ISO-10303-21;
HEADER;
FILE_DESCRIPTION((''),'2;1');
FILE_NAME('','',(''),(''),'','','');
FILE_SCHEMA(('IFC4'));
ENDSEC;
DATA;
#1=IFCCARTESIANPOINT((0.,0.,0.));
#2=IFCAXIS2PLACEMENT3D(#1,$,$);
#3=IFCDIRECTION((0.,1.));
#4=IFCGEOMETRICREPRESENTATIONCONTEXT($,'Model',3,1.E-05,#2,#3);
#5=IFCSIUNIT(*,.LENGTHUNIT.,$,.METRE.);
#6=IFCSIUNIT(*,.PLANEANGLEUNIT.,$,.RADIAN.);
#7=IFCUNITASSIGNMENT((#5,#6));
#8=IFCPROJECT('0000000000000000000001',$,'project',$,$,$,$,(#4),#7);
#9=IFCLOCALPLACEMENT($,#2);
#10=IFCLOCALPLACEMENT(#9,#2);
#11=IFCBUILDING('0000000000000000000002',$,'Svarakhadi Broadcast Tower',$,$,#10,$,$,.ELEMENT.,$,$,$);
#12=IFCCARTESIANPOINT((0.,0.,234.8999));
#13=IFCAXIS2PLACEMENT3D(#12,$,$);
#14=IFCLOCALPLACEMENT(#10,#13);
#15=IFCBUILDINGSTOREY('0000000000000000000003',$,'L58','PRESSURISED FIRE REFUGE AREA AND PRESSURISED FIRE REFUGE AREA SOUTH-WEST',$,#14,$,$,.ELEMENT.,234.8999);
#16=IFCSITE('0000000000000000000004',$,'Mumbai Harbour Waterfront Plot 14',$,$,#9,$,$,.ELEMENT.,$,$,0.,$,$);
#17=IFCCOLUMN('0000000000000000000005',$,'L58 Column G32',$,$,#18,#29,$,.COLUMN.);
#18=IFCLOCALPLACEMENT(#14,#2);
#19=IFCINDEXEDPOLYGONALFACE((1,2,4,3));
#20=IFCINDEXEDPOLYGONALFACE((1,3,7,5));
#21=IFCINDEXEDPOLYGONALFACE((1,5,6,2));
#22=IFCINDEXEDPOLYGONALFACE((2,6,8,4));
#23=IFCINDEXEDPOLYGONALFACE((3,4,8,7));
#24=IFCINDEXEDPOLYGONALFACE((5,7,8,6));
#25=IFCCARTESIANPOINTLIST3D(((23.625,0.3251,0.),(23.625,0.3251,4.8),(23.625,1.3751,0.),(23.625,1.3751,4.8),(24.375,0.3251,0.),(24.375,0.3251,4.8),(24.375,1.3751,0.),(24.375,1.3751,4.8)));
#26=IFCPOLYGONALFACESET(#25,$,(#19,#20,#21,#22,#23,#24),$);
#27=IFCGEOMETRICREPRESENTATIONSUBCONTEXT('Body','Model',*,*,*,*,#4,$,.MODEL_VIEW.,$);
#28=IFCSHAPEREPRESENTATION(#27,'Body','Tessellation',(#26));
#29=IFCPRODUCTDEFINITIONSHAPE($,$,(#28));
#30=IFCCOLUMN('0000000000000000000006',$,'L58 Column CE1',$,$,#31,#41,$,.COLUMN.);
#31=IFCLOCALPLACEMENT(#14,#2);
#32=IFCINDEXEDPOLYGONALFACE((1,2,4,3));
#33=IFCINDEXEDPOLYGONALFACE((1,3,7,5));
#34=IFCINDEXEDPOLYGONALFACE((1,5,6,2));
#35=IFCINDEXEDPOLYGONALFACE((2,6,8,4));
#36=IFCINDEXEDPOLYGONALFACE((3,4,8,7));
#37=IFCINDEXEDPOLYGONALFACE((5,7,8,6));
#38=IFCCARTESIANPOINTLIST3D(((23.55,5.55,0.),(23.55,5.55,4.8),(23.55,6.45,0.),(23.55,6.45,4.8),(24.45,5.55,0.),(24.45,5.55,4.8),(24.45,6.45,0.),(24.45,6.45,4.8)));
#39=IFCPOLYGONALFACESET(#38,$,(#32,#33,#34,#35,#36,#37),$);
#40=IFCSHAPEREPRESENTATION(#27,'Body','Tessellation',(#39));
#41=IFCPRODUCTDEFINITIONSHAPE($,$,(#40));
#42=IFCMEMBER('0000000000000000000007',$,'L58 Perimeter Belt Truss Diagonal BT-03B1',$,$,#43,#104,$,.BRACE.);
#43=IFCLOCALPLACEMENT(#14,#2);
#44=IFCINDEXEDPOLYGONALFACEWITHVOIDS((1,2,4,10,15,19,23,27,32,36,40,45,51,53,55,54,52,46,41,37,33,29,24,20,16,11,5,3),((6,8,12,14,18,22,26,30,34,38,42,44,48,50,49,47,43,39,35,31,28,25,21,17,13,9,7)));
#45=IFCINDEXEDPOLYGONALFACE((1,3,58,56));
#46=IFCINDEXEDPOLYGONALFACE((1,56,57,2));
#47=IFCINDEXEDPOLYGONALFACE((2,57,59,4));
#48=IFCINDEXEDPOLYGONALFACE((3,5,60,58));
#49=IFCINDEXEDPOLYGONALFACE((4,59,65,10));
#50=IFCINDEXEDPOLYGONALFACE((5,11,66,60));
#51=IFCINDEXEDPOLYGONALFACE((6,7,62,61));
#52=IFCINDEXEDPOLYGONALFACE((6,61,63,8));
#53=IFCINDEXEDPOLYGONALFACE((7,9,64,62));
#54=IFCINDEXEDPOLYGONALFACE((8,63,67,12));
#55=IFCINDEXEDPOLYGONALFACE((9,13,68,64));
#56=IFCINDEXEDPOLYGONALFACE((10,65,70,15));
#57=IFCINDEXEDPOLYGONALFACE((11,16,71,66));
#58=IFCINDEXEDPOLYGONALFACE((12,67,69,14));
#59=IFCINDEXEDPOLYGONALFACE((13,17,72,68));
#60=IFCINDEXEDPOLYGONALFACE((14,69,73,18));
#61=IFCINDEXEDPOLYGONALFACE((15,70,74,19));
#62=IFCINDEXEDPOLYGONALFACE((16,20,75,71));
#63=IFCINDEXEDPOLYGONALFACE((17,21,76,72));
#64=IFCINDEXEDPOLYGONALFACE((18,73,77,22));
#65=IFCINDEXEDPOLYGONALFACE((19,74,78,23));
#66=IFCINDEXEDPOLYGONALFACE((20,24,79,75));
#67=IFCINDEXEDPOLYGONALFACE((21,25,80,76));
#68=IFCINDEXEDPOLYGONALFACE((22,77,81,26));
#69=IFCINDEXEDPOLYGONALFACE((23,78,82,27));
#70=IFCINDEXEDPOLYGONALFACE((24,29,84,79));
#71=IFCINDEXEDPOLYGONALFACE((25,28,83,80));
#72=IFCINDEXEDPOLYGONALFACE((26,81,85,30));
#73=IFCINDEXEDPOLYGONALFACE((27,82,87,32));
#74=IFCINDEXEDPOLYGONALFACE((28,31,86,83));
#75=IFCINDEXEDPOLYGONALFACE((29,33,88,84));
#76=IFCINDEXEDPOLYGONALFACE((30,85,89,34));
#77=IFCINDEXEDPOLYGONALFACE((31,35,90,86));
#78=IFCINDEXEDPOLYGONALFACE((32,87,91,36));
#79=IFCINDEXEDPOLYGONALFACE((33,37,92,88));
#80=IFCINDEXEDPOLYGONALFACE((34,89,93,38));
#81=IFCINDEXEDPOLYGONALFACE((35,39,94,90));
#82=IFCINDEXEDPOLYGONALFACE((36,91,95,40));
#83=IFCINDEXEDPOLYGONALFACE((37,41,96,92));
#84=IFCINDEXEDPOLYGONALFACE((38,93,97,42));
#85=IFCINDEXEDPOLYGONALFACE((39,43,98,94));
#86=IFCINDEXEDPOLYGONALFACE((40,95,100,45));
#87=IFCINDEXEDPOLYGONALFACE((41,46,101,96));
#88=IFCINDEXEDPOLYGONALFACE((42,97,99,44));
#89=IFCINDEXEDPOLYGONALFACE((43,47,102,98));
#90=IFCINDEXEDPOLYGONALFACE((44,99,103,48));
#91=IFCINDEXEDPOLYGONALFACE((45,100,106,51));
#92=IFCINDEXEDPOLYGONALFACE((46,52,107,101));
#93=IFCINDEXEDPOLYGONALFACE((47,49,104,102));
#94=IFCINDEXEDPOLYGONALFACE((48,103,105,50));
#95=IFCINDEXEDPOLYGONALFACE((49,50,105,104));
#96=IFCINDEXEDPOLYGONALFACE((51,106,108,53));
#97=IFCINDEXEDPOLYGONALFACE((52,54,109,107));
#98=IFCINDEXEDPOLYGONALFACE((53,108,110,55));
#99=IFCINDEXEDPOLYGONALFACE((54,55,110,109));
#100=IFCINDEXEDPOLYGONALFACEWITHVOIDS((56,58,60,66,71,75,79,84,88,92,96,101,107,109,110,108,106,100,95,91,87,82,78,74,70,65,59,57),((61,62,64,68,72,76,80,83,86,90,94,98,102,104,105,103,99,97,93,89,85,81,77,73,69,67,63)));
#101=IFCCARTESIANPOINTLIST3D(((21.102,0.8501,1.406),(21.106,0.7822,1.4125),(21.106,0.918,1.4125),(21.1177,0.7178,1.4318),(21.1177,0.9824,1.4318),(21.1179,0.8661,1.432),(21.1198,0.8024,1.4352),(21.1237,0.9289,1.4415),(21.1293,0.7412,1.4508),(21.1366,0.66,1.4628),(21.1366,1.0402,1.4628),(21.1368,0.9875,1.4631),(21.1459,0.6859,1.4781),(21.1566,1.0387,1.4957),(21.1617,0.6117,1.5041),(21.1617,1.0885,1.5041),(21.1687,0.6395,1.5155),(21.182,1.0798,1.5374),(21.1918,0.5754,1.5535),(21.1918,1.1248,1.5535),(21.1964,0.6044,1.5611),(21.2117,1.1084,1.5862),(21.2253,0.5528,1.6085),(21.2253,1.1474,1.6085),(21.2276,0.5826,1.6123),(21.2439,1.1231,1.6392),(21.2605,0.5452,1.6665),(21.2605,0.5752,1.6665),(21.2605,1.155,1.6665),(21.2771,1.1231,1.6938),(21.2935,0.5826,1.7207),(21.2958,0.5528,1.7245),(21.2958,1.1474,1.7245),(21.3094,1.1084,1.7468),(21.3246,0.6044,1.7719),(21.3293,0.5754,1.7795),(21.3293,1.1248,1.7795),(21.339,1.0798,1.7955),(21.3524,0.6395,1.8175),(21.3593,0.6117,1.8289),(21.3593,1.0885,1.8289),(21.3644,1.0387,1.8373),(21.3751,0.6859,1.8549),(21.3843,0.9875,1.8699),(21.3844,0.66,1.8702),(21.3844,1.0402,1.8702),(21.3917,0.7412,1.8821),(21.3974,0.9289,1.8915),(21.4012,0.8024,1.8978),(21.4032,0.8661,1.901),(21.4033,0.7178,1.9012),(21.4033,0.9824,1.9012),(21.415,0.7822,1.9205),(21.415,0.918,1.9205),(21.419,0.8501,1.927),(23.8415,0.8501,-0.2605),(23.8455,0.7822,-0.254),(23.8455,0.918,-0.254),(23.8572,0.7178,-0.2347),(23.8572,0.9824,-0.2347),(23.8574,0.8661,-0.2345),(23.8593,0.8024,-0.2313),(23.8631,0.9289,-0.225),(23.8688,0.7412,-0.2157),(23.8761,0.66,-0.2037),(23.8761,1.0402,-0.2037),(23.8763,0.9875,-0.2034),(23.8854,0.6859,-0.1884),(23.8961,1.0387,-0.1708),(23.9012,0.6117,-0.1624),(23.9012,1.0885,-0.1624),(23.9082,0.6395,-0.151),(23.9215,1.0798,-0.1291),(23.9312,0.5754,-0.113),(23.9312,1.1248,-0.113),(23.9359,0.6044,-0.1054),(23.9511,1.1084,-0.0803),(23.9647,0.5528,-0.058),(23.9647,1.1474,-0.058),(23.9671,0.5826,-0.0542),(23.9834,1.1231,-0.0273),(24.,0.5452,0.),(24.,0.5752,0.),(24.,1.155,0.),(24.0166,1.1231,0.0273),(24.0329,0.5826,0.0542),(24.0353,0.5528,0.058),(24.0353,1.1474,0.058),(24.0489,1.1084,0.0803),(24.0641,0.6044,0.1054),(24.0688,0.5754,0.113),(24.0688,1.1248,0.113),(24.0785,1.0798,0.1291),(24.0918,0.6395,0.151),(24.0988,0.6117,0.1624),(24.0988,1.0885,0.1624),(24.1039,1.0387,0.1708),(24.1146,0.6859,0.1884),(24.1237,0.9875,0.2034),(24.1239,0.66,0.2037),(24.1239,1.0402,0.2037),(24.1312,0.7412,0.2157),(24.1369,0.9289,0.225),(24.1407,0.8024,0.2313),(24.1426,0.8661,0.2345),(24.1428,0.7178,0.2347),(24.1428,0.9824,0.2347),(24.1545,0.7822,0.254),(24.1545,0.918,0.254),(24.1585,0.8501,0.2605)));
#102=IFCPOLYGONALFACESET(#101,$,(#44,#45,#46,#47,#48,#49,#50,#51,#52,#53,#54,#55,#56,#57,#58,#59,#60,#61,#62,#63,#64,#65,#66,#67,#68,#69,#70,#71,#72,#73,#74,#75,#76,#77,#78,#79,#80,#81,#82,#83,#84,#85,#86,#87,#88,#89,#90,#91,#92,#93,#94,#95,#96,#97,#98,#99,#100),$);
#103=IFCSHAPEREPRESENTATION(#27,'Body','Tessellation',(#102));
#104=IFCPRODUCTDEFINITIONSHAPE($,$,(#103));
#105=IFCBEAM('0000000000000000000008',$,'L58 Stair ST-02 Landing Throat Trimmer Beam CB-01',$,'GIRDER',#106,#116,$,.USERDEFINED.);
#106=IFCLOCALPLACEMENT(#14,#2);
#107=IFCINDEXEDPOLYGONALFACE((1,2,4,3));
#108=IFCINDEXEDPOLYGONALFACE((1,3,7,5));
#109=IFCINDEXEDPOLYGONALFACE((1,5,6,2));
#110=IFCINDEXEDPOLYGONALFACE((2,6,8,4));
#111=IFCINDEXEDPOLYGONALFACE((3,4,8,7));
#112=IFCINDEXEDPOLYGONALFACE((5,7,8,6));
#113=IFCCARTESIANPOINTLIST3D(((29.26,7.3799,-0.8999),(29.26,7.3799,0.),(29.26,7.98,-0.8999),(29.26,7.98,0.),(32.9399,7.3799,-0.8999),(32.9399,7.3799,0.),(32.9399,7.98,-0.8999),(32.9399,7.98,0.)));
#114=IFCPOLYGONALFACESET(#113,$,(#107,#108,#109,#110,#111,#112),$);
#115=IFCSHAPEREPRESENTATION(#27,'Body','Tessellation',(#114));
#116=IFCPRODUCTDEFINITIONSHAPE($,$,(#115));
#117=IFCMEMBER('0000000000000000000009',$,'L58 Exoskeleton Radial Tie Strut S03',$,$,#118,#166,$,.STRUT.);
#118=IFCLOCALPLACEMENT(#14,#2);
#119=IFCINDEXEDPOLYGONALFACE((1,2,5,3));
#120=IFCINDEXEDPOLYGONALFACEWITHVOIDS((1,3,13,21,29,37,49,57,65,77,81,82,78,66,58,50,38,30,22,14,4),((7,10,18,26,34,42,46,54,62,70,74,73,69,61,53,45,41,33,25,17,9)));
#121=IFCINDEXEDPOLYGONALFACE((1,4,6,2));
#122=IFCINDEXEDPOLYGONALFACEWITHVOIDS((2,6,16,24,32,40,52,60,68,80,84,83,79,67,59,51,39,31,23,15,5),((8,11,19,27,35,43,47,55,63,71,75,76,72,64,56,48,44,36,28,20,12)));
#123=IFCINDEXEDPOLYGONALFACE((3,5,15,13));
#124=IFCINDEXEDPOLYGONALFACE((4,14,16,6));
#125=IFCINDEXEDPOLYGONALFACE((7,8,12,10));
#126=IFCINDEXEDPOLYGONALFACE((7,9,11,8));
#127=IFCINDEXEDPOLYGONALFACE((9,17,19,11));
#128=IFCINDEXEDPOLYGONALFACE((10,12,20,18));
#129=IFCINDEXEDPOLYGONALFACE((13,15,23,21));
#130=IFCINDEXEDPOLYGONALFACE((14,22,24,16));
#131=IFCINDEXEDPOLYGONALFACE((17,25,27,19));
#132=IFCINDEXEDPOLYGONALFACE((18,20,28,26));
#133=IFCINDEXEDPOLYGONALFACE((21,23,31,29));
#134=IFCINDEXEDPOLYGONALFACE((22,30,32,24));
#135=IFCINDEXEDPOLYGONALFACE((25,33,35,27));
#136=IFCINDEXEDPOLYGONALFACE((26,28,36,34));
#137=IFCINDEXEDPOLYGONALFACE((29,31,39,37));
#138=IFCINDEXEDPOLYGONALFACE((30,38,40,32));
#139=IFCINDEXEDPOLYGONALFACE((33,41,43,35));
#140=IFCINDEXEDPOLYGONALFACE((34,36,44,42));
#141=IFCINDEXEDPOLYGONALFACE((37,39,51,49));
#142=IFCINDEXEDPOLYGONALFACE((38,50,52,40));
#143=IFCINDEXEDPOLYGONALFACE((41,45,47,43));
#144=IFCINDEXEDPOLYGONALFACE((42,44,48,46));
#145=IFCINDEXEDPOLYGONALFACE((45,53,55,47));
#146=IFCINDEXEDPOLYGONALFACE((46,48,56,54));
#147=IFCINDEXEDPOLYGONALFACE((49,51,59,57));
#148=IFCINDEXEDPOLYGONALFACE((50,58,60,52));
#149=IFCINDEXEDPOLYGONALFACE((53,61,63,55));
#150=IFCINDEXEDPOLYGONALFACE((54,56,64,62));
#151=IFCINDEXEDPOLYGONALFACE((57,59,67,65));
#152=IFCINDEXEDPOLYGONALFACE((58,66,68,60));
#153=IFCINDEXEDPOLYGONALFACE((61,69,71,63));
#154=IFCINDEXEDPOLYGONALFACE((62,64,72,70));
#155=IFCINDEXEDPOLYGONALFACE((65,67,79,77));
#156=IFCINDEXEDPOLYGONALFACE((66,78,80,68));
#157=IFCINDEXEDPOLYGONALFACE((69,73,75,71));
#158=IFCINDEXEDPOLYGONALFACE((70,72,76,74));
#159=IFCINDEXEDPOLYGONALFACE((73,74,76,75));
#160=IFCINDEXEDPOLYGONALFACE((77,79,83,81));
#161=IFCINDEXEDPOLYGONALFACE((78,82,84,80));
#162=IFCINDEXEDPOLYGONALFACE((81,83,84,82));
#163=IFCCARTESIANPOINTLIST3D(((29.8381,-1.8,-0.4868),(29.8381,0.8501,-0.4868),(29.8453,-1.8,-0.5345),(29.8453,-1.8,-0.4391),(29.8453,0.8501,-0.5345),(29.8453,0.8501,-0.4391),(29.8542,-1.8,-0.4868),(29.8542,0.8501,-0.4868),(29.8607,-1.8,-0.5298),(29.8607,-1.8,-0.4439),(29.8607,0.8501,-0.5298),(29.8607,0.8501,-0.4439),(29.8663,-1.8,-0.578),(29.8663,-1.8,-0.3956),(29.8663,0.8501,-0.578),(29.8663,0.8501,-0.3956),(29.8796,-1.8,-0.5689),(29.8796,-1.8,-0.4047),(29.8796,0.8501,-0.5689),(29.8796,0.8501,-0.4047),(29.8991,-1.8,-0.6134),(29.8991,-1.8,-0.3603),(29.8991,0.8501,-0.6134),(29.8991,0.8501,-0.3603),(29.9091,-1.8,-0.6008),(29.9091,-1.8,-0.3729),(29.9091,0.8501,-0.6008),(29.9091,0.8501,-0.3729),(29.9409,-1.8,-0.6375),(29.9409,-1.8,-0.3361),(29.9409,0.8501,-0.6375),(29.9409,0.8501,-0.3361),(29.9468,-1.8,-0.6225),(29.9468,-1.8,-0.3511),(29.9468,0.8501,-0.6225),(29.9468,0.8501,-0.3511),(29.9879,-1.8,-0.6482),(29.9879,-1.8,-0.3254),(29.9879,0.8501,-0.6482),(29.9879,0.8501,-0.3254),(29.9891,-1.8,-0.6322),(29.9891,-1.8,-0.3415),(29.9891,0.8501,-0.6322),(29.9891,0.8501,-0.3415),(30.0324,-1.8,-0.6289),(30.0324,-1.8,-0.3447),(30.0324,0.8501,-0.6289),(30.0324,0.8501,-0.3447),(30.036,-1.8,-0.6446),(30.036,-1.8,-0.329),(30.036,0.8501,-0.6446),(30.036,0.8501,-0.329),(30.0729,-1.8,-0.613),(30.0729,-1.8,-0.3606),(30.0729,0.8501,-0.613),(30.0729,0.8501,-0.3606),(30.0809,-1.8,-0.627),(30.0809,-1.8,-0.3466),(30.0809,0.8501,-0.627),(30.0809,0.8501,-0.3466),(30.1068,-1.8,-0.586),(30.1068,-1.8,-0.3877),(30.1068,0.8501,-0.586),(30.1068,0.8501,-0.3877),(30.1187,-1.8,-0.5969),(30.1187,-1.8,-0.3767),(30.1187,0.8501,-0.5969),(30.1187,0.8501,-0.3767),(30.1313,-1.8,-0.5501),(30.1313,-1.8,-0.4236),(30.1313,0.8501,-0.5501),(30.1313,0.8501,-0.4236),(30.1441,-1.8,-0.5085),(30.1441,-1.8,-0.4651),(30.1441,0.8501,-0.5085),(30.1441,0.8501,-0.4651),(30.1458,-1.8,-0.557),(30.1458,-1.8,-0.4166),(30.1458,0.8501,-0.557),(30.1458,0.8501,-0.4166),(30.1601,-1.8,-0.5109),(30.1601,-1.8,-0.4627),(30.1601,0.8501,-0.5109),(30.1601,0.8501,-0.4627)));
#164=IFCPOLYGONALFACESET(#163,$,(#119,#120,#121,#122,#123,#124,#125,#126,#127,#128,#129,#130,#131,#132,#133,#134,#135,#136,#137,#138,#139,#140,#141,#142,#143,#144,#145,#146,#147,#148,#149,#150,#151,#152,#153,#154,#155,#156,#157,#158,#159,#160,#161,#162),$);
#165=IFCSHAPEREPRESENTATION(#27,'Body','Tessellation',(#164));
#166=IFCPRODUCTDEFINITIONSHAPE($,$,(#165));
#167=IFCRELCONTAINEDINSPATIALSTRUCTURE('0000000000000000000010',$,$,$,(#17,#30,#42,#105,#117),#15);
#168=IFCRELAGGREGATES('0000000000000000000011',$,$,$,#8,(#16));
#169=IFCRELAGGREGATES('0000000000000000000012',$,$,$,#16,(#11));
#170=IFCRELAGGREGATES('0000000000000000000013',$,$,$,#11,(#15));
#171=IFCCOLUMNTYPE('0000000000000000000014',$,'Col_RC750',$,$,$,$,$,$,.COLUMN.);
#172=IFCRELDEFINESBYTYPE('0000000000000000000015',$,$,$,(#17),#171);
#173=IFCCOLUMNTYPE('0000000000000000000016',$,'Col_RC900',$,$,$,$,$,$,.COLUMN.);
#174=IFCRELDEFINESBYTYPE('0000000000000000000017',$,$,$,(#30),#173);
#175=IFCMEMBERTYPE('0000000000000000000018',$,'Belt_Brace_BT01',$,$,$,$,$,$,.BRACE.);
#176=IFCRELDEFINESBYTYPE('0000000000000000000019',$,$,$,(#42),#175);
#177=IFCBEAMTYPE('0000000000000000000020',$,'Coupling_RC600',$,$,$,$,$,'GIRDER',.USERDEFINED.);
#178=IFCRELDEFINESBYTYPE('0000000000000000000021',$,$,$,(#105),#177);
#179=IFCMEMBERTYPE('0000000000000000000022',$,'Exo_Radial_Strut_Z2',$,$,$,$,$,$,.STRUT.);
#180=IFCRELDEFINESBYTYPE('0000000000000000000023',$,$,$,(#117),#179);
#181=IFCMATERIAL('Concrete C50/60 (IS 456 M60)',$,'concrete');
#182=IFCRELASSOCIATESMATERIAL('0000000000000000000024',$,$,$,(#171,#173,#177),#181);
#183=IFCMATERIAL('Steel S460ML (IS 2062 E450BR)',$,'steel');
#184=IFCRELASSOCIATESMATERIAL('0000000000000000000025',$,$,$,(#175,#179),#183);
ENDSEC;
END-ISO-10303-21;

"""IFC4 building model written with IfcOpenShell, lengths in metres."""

from ifc_helpers import new_model, si_unit, direction, frame, origin, origin_2d, place, context, subcontext, project, spatial, rectangle, hollow_circle, extrude, material, material_profile, profile_set, type_object, element, save


model = new_model("IFC4")

# Units and contexts
model_context = context("Model", 3, precision=1e-05, world=origin(), true_north=direction((0.0, 1.0)))
body_context = subcontext(model_context, "Body", "Model", "MODEL_VIEW")
ifc_project = project(units=[si_unit("LENGTHUNIT", "METRE"), si_unit("PLANEANGLEUNIT", "RADIAN")], contexts=[model_context])

# Site, building, storey
site_placement = place(None, origin())
site = spatial("IfcSite", under=ifc_project, at=site_placement, Name="Mumbai Harbour Waterfront Plot 14", CompositionType="ELEMENT", RefElevation=0.0)
building_placement = place(site_placement, origin())
building = spatial("IfcBuilding", under=site, at=building_placement, Name="Svarakhadi Broadcast Tower", CompositionType="ELEMENT")
storey_placement = place(building_placement, frame((0.0, 0.0, 234.8999)))
storey = spatial("IfcBuildingStorey", under=building, at=storey_placement, Name="L58", Description="PRESSURISED FIRE REFUGE AREA AND PRESSURISED FIRE REFUGE AREA SOUTH-WEST", CompositionType="ELEMENT", Elevation=234.8999)

# Columns
ifc_material_1 = material(Name="Concrete C50/60 (IS 456 M60)", Category="concrete")
ifc_material_profile_1 = material_profile(ifc_material_1, rectangle(XDim=0.75, YDim=1.05, at=origin_2d()), Name="RC 750x1050")
ifc_profile_set_1 = profile_set([ifc_material_profile_1], Name="Concrete C50/60 (IS 456 M60)")
column_type_1 = type_object("IfcColumnType", Name="Col_RC750", PredefinedType="COLUMN", material=ifc_profile_set_1)
column_1_placement = place(storey_placement, frame((24.0, 0.8501, 0.0), z_axis=(0.0, 0.0, 1.0), x_axis=(1.0, 0.0, 0.0)))
element("IfcColumn", 1, at=column_1_placement, inside=storey, type_object=column_type_1, Name="L58 Column G32", PredefinedType="COLUMN", context=body_context, shape_type="SweptSolid", body=[
    extrude(rectangle(XDim=0.75, YDim=1.05, at=origin_2d()), origin(), (0.0, 0.0, 1.0), 4.8),
])
ifc_material_profile_2 = material_profile(ifc_material_1, rectangle(XDim=0.8999, YDim=0.8999, at=origin_2d()), Name="RC 900x900")
ifc_profile_set_2 = profile_set([ifc_material_profile_2], Name="Concrete C50/60 (IS 456 M60)")
column_type_2 = type_object("IfcColumnType", Name="Col_RC900", PredefinedType="COLUMN", material=ifc_profile_set_2)
column_2_placement = place(storey_placement, frame((24.0, 6.0, 0.0), z_axis=(0.0, 0.0, 1.0), x_axis=(1.0, 0.0, 0.0)))
element("IfcColumn", 2, at=column_2_placement, inside=storey, type_object=column_type_2, Name="L58 Column CE1", PredefinedType="COLUMN", context=body_context, shape_type="SweptSolid", body=[
    extrude(rectangle(XDim=0.8999, YDim=0.8999, at=origin_2d()), origin(), (0.0, 0.0, 1.0), 4.8),
])

# Member
ifc_material_2 = material(Name="Steel S460ML (IS 2062 E450BR)", Category="steel")
ifc_material_profile_3 = material_profile(ifc_material_2, hollow_circle(Radius=0.3049, WallThickness=0.03, at=origin_2d()), Name="CHS 610x30")
ifc_profile_set_3 = profile_set([ifc_material_profile_3], Name="Steel S460ML (IS 2062 E450BR)")
member_type_1 = type_object("IfcMemberType", Name="Belt_Brace_BT01", PredefinedType="BRACE", material=ifc_profile_set_3)
member_1_placement = place(storey_placement, frame((24.0, 0.8501, 0.0), z_axis=(-0.85434, 0.0, 0.519715), x_axis=(0.0, -1.0, 0.0)))
element("IfcMember", 3, at=member_1_placement, inside=storey, type_object=member_type_1, Name="L58 Perimeter Belt Truss Diagonal BT-03B1", PredefinedType="BRACE", context=body_context, shape_type="SweptSolid", body=[
    extrude(hollow_circle(Radius=0.3049, WallThickness=0.03, at=origin_2d()), origin(), (0.0, 0.0, 1.0), 3.2065),
])

# Beam
ifc_material_profile_4 = material_profile(ifc_material_1, rectangle(XDim=0.6001, YDim=0.8999, at=origin_2d()), Name="RC 600x900")
ifc_profile_set_4 = profile_set([ifc_material_profile_4], Name="Concrete C50/60 (IS 456 M60)")
beam_type_1 = type_object("IfcBeamType", Name="Coupling_RC600", ElementType="GIRDER", PredefinedType="USERDEFINED", material=ifc_profile_set_4)
beam_1_placement = place(storey_placement, frame((29.26, 7.6799, -0.45), z_axis=(1.0, 0.0, 0.0), x_axis=(0.0, 1.0, 0.0)))
element("IfcBeam", 4, at=beam_1_placement, inside=storey, type_object=beam_type_1, Name="L58 Stair ST-02 Landing Throat Trimmer Beam CB-01", ObjectType="GIRDER", PredefinedType="USERDEFINED", context=body_context, shape_type="SweptSolid", body=[
    extrude(rectangle(XDim=0.6001, YDim=0.8999, at=origin_2d()), origin(), (0.0, 0.0, 1.0), 3.6799),
])

# Member
ifc_material_profile_5 = material_profile(ifc_material_2, hollow_circle(Radius=0.1619, WallThickness=0.0161, at=origin_2d()), Name="CHS 323.9x16")
ifc_profile_set_5 = profile_set([ifc_material_profile_5], Name="Steel S460ML (IS 2062 E450BR)")
member_type_2 = type_object("IfcMemberType", Name="Exo_Radial_Strut_Z2", PredefinedType="STRUT", material=ifc_profile_set_5)
member_2_placement = place(storey_placement, frame((30.0, -1.8, -0.4868), z_axis=(0.0, 1.0, 0.0), x_axis=(-1.0, 0.0, 0.0)))
element("IfcMember", 5, at=member_2_placement, inside=storey, type_object=member_type_2, Name="L58 Exoskeleton Radial Tie Strut S03", PredefinedType="STRUT", context=body_context, shape_type="SweptSolid", body=[
    extrude(hollow_circle(Radius=0.1619, WallThickness=0.0161, at=origin_2d()), origin(), (0.0, 0.0, 1.0), 2.6501),
])

save(model, "model.ifc")
